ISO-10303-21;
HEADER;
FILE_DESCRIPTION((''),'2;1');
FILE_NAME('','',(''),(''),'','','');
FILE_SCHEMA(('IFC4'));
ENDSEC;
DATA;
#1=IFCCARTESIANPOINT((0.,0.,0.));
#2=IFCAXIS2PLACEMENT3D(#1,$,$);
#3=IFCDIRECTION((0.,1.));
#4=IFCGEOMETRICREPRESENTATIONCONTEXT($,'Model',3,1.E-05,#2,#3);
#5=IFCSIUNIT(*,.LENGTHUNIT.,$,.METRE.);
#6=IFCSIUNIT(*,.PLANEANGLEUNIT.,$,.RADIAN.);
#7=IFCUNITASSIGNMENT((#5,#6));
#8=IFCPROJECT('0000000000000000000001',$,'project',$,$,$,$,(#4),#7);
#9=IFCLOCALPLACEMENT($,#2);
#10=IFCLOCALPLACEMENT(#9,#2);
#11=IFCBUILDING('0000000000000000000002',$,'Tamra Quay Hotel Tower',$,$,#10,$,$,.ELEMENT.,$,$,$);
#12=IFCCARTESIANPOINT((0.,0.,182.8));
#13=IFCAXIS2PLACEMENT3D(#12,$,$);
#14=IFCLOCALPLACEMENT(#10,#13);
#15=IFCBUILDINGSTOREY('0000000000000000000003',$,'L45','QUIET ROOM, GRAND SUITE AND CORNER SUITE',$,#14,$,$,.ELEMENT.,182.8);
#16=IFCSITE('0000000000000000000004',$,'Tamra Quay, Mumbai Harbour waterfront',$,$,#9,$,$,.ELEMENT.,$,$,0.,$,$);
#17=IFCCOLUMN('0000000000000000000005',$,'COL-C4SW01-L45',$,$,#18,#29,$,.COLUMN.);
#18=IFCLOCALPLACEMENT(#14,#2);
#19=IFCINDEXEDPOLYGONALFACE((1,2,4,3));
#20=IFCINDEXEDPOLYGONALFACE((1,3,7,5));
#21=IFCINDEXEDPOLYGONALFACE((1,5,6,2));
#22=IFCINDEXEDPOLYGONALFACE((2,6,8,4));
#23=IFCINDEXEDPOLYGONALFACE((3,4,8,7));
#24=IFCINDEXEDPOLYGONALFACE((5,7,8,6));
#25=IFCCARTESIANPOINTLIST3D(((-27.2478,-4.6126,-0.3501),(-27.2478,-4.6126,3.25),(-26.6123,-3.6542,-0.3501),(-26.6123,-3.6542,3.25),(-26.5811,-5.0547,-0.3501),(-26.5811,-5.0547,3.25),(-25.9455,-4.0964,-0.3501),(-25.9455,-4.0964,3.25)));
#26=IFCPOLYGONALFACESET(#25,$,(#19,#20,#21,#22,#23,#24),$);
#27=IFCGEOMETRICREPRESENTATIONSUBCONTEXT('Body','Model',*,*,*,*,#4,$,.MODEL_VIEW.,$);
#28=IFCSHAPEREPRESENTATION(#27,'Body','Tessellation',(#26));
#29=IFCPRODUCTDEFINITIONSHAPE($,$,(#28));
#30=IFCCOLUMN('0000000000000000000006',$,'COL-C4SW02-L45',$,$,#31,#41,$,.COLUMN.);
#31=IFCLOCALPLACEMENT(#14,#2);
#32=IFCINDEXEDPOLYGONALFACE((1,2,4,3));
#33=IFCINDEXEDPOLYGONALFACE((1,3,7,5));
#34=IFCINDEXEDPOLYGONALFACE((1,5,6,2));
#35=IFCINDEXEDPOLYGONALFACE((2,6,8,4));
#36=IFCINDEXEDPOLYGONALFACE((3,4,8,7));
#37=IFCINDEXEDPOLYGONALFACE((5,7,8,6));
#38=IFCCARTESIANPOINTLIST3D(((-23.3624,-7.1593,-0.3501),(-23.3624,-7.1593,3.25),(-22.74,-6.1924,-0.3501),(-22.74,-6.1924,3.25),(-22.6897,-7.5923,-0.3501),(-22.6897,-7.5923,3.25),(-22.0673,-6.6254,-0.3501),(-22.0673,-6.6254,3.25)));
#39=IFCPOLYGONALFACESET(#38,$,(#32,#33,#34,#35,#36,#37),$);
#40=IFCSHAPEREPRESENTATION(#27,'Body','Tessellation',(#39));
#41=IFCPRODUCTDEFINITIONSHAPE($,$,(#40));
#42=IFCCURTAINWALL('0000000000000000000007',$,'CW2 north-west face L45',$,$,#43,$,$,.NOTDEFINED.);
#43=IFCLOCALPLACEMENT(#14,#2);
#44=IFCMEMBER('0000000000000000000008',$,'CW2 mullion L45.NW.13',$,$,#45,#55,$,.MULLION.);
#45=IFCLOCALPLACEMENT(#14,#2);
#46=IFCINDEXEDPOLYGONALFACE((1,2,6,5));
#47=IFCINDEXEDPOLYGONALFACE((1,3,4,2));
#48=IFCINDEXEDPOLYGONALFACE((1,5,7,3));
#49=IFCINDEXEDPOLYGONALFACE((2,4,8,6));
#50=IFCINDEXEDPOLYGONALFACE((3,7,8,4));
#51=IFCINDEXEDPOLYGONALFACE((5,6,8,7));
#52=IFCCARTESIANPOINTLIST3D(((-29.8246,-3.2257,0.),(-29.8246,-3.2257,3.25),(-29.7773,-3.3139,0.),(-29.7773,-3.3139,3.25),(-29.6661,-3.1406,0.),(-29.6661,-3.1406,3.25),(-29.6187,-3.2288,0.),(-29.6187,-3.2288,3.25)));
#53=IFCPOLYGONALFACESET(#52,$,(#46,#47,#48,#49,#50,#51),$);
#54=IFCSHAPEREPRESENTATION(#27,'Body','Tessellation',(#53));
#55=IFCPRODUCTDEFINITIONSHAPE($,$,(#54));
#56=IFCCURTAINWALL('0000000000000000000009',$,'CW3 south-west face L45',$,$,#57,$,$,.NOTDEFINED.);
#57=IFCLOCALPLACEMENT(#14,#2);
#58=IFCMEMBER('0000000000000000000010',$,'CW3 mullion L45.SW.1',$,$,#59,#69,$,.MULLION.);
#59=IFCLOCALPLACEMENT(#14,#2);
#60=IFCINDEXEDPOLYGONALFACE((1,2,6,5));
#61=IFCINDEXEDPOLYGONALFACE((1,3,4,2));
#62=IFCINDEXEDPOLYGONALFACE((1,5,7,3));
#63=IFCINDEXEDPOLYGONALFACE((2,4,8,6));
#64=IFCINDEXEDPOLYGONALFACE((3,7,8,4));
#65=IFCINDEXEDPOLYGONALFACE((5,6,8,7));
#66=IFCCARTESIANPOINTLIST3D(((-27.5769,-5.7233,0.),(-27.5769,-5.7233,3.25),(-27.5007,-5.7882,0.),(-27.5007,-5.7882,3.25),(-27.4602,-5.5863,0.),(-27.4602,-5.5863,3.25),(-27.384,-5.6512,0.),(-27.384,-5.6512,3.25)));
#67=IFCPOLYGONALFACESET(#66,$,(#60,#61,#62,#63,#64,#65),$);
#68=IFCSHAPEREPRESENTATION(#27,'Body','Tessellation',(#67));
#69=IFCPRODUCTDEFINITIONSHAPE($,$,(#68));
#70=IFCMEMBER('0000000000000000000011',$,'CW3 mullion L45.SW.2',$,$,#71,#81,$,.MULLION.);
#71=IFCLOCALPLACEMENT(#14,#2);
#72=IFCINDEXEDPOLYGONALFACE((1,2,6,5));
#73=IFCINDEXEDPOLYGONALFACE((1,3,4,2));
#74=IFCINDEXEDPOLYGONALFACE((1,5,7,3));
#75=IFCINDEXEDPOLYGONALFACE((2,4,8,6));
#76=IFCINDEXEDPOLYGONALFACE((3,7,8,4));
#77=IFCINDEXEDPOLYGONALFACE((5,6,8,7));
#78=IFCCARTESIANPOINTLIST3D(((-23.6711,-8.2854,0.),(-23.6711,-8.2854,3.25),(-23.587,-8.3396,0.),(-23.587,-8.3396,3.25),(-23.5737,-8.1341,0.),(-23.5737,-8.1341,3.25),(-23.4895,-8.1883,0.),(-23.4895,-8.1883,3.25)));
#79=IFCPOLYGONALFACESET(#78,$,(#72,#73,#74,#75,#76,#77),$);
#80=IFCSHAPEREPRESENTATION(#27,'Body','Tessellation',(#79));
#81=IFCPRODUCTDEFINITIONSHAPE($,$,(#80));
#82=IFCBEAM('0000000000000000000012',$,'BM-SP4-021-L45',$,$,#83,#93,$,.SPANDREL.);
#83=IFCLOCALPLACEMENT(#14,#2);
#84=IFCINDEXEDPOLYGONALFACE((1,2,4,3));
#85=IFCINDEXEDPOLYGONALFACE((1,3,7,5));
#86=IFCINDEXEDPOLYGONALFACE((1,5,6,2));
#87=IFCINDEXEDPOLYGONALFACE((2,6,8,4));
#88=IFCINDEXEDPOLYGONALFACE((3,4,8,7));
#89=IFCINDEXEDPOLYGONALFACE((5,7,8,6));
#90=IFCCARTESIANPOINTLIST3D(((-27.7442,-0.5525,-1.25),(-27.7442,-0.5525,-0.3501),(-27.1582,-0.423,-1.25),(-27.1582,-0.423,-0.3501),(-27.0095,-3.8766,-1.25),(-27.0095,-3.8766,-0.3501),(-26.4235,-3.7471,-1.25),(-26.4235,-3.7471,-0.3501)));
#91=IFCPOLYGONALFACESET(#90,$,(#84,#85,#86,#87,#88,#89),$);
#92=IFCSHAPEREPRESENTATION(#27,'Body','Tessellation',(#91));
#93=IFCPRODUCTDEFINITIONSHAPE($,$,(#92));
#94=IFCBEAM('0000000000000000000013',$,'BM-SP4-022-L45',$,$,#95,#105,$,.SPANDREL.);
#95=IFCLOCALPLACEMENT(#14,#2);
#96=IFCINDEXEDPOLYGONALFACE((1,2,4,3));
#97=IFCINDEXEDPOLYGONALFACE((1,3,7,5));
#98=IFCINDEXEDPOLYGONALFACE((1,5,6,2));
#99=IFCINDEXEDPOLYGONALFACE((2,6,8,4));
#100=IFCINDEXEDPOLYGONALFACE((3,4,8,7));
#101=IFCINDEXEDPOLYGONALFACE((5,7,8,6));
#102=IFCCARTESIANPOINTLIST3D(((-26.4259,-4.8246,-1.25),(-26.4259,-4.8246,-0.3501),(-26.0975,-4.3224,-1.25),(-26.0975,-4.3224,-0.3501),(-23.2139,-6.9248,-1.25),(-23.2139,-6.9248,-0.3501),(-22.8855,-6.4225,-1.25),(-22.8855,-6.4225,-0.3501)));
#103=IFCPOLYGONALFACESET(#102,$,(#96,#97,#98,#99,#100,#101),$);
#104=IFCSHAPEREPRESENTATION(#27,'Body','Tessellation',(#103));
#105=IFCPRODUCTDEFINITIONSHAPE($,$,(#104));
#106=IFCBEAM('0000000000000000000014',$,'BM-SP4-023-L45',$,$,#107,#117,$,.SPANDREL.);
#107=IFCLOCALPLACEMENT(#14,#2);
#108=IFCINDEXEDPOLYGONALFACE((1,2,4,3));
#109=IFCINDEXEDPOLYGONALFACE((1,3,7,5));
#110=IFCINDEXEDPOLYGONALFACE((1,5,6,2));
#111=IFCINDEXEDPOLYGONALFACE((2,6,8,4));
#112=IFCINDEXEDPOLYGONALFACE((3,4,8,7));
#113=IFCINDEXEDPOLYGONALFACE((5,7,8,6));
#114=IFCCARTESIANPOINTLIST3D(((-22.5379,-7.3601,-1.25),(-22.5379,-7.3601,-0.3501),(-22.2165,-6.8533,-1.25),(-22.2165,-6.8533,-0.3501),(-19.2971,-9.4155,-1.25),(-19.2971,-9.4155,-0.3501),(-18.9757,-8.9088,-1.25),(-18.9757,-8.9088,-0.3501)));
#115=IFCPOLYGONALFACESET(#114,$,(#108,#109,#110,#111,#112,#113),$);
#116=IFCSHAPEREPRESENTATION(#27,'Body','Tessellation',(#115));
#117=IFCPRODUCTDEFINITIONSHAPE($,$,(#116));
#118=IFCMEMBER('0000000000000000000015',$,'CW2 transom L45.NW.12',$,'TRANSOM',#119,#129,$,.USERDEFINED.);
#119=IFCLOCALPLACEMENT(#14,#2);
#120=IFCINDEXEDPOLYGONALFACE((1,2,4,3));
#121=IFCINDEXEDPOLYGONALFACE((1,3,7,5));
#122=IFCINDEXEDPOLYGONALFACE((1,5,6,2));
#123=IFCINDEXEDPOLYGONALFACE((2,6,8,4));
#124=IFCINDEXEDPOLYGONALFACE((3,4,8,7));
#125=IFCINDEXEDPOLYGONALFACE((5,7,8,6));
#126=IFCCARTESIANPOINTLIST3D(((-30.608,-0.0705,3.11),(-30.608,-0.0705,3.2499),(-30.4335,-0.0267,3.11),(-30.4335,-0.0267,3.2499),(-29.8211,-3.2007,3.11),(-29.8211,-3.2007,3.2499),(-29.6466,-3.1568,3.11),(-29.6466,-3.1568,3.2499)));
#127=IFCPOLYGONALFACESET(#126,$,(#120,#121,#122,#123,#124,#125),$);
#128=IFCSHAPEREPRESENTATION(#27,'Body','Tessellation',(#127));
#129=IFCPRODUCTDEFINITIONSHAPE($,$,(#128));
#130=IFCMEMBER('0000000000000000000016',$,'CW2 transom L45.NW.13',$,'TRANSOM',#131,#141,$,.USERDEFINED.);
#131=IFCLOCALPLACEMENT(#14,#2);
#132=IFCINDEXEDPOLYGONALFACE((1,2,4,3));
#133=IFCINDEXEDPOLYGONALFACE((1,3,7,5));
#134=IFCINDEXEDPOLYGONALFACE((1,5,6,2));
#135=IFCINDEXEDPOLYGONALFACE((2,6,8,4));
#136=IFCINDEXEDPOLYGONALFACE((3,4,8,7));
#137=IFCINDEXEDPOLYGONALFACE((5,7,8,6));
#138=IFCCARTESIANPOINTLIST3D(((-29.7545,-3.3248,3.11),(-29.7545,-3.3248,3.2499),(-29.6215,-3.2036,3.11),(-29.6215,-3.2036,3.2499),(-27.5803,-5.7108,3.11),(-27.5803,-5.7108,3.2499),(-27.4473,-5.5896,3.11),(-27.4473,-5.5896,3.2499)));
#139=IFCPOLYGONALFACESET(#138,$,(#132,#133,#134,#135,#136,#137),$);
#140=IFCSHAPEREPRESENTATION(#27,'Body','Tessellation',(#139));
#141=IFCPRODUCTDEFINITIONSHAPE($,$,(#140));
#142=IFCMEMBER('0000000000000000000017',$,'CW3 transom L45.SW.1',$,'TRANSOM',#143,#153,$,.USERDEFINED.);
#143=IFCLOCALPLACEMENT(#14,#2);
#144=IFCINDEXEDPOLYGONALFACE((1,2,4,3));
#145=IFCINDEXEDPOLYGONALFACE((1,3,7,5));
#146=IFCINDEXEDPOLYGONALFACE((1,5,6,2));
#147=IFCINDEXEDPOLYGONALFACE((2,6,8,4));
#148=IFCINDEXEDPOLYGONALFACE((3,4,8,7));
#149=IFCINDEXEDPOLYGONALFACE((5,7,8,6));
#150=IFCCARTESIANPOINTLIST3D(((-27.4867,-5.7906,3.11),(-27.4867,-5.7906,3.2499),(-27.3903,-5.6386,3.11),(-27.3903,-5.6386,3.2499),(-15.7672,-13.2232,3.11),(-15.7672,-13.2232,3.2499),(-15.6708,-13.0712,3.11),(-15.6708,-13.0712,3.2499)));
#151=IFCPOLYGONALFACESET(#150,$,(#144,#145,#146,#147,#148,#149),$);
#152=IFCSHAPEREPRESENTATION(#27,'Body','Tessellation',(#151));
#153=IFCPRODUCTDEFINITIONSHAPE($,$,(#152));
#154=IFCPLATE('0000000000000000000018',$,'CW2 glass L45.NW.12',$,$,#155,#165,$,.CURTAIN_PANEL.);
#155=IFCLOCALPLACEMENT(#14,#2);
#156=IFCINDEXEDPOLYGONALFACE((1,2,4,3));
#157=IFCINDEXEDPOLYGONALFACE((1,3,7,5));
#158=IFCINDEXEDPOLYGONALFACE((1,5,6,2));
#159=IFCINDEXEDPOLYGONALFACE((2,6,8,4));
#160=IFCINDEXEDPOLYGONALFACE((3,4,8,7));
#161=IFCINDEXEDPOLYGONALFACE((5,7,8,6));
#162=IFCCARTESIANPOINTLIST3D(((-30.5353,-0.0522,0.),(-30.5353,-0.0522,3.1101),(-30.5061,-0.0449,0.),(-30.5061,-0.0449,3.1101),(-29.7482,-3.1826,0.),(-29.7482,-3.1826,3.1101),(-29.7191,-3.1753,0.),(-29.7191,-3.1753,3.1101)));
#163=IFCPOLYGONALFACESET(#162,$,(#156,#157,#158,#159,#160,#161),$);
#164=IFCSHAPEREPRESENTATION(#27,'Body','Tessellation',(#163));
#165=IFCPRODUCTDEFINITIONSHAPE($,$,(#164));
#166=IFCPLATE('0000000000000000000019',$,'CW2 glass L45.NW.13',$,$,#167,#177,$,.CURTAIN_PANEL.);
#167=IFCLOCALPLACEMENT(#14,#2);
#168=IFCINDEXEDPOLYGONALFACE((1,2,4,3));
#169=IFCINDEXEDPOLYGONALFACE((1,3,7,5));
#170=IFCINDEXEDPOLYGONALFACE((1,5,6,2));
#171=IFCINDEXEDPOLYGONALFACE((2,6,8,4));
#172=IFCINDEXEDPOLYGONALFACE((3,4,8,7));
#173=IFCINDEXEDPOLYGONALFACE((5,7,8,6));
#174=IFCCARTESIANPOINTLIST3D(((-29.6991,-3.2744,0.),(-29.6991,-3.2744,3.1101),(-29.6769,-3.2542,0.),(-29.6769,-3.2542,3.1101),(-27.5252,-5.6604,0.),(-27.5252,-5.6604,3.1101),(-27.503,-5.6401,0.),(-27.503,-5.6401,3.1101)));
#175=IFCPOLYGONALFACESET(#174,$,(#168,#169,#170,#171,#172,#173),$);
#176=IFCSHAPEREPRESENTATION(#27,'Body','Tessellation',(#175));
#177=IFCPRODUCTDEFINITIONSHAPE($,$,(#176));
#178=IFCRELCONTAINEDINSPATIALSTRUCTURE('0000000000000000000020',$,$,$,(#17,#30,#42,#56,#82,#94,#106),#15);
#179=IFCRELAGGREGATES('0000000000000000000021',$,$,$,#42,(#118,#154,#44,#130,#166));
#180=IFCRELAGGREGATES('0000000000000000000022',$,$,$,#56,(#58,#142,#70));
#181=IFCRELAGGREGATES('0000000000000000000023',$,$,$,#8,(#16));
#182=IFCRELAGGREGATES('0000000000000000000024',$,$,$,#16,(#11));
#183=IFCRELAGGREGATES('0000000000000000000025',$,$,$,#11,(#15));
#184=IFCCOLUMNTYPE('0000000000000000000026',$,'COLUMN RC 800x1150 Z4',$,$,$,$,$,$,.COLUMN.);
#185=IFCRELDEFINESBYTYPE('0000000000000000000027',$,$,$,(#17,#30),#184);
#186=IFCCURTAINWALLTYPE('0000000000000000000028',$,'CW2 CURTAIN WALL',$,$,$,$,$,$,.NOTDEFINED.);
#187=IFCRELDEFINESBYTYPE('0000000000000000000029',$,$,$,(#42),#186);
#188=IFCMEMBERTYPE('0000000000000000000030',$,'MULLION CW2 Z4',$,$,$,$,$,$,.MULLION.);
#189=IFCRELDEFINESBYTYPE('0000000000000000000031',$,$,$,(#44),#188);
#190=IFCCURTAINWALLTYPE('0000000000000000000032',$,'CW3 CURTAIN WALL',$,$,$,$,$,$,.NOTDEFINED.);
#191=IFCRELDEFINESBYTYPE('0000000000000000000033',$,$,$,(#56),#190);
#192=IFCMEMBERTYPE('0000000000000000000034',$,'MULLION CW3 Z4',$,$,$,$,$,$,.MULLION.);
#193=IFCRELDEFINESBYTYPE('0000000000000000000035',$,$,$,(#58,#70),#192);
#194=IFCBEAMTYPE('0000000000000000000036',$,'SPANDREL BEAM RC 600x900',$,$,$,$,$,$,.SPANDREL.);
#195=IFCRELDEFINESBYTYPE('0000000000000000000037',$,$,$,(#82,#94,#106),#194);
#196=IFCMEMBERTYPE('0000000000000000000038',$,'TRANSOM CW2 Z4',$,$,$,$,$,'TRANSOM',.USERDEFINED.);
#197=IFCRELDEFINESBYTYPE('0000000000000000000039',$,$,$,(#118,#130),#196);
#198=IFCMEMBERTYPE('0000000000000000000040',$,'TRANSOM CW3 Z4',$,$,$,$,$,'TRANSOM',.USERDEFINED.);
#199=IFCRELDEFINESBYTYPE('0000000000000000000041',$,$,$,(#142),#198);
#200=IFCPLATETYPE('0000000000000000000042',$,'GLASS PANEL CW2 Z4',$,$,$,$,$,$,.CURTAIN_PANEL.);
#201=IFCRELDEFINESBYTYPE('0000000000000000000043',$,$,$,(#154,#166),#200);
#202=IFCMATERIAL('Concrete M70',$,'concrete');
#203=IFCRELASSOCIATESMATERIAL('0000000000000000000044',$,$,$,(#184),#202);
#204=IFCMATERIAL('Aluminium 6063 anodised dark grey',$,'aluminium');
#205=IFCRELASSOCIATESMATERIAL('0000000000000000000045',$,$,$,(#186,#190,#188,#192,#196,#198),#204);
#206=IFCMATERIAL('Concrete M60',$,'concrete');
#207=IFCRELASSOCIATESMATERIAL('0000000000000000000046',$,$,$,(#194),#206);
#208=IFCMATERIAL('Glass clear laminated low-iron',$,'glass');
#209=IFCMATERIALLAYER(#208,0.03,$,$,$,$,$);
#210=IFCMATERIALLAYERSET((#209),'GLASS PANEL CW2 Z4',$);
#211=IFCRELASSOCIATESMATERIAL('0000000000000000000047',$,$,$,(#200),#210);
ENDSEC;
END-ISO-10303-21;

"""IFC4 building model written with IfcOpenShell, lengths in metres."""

from ifc_helpers import new_model, si_unit, direction, frame, origin, origin_2d, place, context, subcontext, project, spatial, rectangle, extrude, material, layer, layer_set, material_profile, profile_set, type_object, element, aggregate, save


model = new_model("IFC4")

# Units and contexts
model_context = context("Model", 3, precision=1e-05, world=origin(), true_north=direction((0.0, 1.0)))
body_context = subcontext(model_context, "Body", "Model", "MODEL_VIEW")
ifc_project = project(units=[si_unit("LENGTHUNIT", "METRE"), si_unit("PLANEANGLEUNIT", "RADIAN")], contexts=[model_context])

# Site, building, storey
site_placement = place(None, origin())
site = spatial("IfcSite", under=ifc_project, at=site_placement, Name="Tamra Quay, Mumbai Harbour waterfront", CompositionType="ELEMENT", RefElevation=0.0)
building_placement = place(site_placement, origin())
building = spatial("IfcBuilding", under=site, at=building_placement, Name="Tamra Quay Hotel Tower", CompositionType="ELEMENT")
storey_placement = place(building_placement, frame((0.0, 0.0, 182.8)))
storey = spatial("IfcBuildingStorey", under=building, at=storey_placement, Name="L45", Description="QUIET ROOM, GRAND SUITE AND CORNER SUITE", CompositionType="ELEMENT", Elevation=182.8)

# Columns
ifc_material_1 = material(Name="Concrete M70", Category="concrete")
ifc_material_profile_1 = material_profile(ifc_material_1, rectangle(XDim=1.1499, YDim=0.8, at=origin_2d()), Name="COLUMN RC 800x1150 Z4")
ifc_profile_set_1 = profile_set([ifc_material_profile_1], Name="Concrete M70")
column_type = type_object("IfcColumnType", Name="COLUMN RC 800x1150 Z4", PredefinedType="COLUMN", material=ifc_profile_set_1)
for number, where, z_axis, x_axis, name in (
    (1, (-26.5967, -4.3545, -0.3501), (0.0, 0.0, 1.0), (0.552666, 0.833403, 0.0), "COL-C4SW01-L45"),
    (2, (-22.7148, -6.8923, -0.3501), (0.0, 0.0, 1.0), (0.541283, 0.840841, 0.0), "COL-C4SW02-L45"),
):
    element("IfcColumn", number, at=place(storey_placement, frame(where, z_axis=z_axis, x_axis=x_axis)), inside=storey, type_object=column_type, Name=name, PredefinedType="COLUMN", context=body_context, shape_type="SweptSolid", body=[
        extrude(rectangle(XDim=1.1499, YDim=0.8, at=origin_2d()), origin(), (0.0, 0.0, 1.0), 3.6001),
    ])

# Curtain wall, member
ifc_material_2 = material(Name="Aluminium 6063 anodised dark grey", Category="aluminium")
curtain_wall_type_1 = type_object("IfcCurtainWallType", Name="CW2 CURTAIN WALL", PredefinedType="NOTDEFINED", material=ifc_material_2)
curtain_wall_1_placement = place(storey_placement, origin())
curtain_wall_1 = element("IfcCurtainWall", 3, at=curtain_wall_1_placement, inside=storey, type_object=curtain_wall_type_1, Name="CW2 north-west face L45", PredefinedType="NOTDEFINED")
ifc_material_profile_2 = material_profile(ifc_material_2, rectangle(XDim=0.1799, YDim=0.1001, at=origin_2d()), Name="MULLION 100X180")
ifc_profile_set_2 = profile_set([ifc_material_profile_2], Name="Aluminium 6063 anodised dark grey")
member_type_1 = type_object("IfcMemberType", Name="MULLION CW2 Z4", PredefinedType="MULLION", material=ifc_profile_set_2)
member_1_placement = place(storey_placement, frame((-29.7217, -3.2273, 0.0), z_axis=(0.0, 0.0, 1.0), x_axis=(-0.881098, -0.472935, 0.0)))
member_1 = element("IfcMember", 4, at=member_1_placement, type_object=member_type_1, Name="CW2 mullion L45.NW.13", PredefinedType="MULLION", context=body_context, shape_type="SweptSolid", body=[
    extrude(rectangle(XDim=0.1799, YDim=0.1001, at=origin_2d()), origin(), (0.0, 0.0, 1.0), 3.25),
])

# Curtain wall, members
curtain_wall_type_2 = type_object("IfcCurtainWallType", Name="CW3 CURTAIN WALL", PredefinedType="NOTDEFINED", material=ifc_material_2)
curtain_wall_2_placement = place(storey_placement, origin())
curtain_wall_2 = element("IfcCurtainWall", 5, at=curtain_wall_2_placement, inside=storey, type_object=curtain_wall_type_2, Name="CW3 south-west face L45", PredefinedType="NOTDEFINED")
ifc_material_profile_3 = material_profile(ifc_material_2, rectangle(XDim=0.1799, YDim=0.1001, at=origin_2d()), Name="MULLION 100X180")
ifc_profile_set_3 = profile_set([ifc_material_profile_3], Name="Aluminium 6063 anodised dark grey")
member_type_2 = type_object("IfcMemberType", Name="MULLION CW3 Z4", PredefinedType="MULLION", material=ifc_profile_set_3)
member_2_placement = place(storey_placement, frame((-27.4805, -5.6873, 0.0), z_axis=(0.0, 0.0, 1.0), x_axis=(-0.648381, -0.761316, 0.0)))
member_2 = element("IfcMember", 6, at=member_2_placement, type_object=member_type_2, Name="CW3 mullion L45.SW.1", PredefinedType="MULLION", context=body_context, shape_type="SweptSolid", body=[
    extrude(rectangle(XDim=0.1799, YDim=0.1001, at=origin_2d()), origin(), (0.0, 0.0, 1.0), 3.25),
])
member_3_placement = place(storey_placement, frame((-23.5803, -8.2368, 0.0), z_axis=(0.0, 0.0, 1.0), x_axis=(-0.541422, -0.840751, 0.0)))
member_3 = element("IfcMember", 7, at=member_3_placement, type_object=member_type_2, Name="CW3 mullion L45.SW.2", PredefinedType="MULLION", context=body_context, shape_type="SweptSolid", body=[
    extrude(rectangle(XDim=0.1799, YDim=0.1001, at=origin_2d()), origin(), (0.0, 0.0, 1.0), 3.25),
])

# Beams
ifc_material_3 = material(Name="Concrete M60", Category="concrete")
ifc_material_profile_4 = material_profile(ifc_material_3, rectangle(XDim=0.6001, YDim=0.8999, at=origin_2d()), Name="SPANDREL BEAM RC 600x900")
ifc_profile_set_4 = profile_set([ifc_material_profile_4], Name="Concrete M60")
beam_type = type_object("IfcBeamType", Name="SPANDREL BEAM RC 600x900", PredefinedType="SPANDREL", material=ifc_profile_set_4)
beam_placement = place(storey_placement, frame((-27.4512, -0.4878, -0.8), z_axis=(0.215799, -0.976438, 0.0), x_axis=(0.976438, 0.215799, 0.0)))
element("IfcBeam", 8, at=beam_placement, inside=storey, type_object=beam_type, Name="BM-SP4-021-L45", PredefinedType="SPANDREL", context=body_context, shape_type="SweptSolid", body=[
    extrude(rectangle(XDim=0.6001, YDim=0.8999, at=origin_2d()), origin(), (0.0, 0.0, 1.0), 3.4043),
])
for number, where, z_axis, x_axis, name in (
    (9, (-26.2617, -4.5735, -0.8), (0.83697, -0.547249, 0.0), (0.547249, 0.83697, 0.0), "BM-SP4-022-L45"),
    (10, (-22.3772, -7.1067, -0.8), (0.84447, -0.535603, 0.0), (0.535603, 0.84447, 0.0), "BM-SP4-023-L45"),
):
    element("IfcBeam", number, at=place(storey_placement, frame(where, z_axis=z_axis, x_axis=x_axis)), inside=storey, type_object=beam_type, Name=name, PredefinedType="SPANDREL", context=body_context, shape_type="SweptSolid", body=[
        extrude(rectangle(XDim=0.6001, YDim=0.8999, at=origin_2d()), origin(), (0.0, 0.0, 1.0), 3.8376),
    ])

# Members
ifc_material_profile_5 = material_profile(ifc_material_2, rectangle(XDim=0.1799, YDim=0.1399, at=origin_2d()), Name="TRANSOM 180X140")
ifc_profile_set_5 = profile_set([ifc_material_profile_5], Name="Aluminium 6063 anodised dark grey")
member_type_3 = type_object("IfcMemberType", Name="TRANSOM CW2 Z4", ElementType="TRANSOM", PredefinedType="USERDEFINED", material=ifc_profile_set_5)
member_4_placement = place(storey_placement, frame((-30.5208, -0.0486, 3.1799), z_axis=(0.243799, -0.969826, 0.0), x_axis=(0.969826, 0.243799, 0.0)))
member_4 = element("IfcMember", 11, at=member_4_placement, type_object=member_type_3, Name="CW2 transom L45.NW.12", ObjectType="TRANSOM", PredefinedType="USERDEFINED", context=body_context, shape_type="SweptSolid", body=[
    extrude(rectangle(XDim=0.1799, YDim=0.1399, at=origin_2d()), origin(), (0.0, 0.0, 1.0), 3.2275),
])
member_5_placement = place(storey_placement, frame((-29.688, -3.2642, 3.1799), z_axis=(0.673519, -0.73917, 0.0), x_axis=(0.73917, 0.673519, 0.0)))
member_5 = element("IfcMember", 12, at=member_5_placement, type_object=member_type_3, Name="CW2 transom L45.NW.13", ObjectType="TRANSOM", PredefinedType="USERDEFINED", context=body_context, shape_type="SweptSolid", body=[
    extrude(rectangle(XDim=0.1799, YDim=0.1399, at=origin_2d()), origin(), (0.0, 0.0, 1.0), 3.228),
])
ifc_material_profile_6 = material_profile(ifc_material_2, rectangle(XDim=0.1799, YDim=0.1399, at=origin_2d()), Name="TRANSOM 180X140")
ifc_profile_set_6 = profile_set([ifc_material_profile_6], Name="Aluminium 6063 anodised dark grey")
member_type_4 = type_object("IfcMemberType", Name="TRANSOM CW3 Z4", ElementType="TRANSOM", PredefinedType="USERDEFINED", material=ifc_profile_set_6)
member_6_placement = place(storey_placement, frame((-27.4385, -5.7146, 3.1799), z_axis=(0.844484, -0.535581, 0.0), x_axis=(0.535581, 0.844484, 0.0)))
member_6 = element("IfcMember", 13, at=member_6_placement, type_object=member_type_4, Name="CW3 transom L45.SW.1", ObjectType="TRANSOM", PredefinedType="USERDEFINED", context=body_context, shape_type="SweptSolid", body=[
    extrude(rectangle(XDim=0.1799, YDim=0.1399, at=origin_2d()), origin(), (0.0, 0.0, 1.0), 13.8777),
])

# Plates
ifc_material_4 = material(Name="Glass clear laminated low-iron", Category="glass")
ifc_layer_1 = layer(ifc_material_4, 0.03)
ifc_layer_set_1 = layer_set([ifc_layer_1], Name="GLASS PANEL CW2 Z4")
plate_type_1 = type_object("IfcPlateType", Name="GLASS PANEL CW2 Z4", PredefinedType="CURTAIN_PANEL", material=ifc_layer_set_1)
plate_1_placement = place(storey_placement, frame((-30.1272, -1.6138, 0.0), z_axis=(0.0, 0.0, 1.0), x_axis=(0.243826, -0.969819, 0.0)))
plate_1 = element("IfcPlate", 14, at=plate_1_placement, type_object=plate_type_1, Name="CW2 glass L45.NW.12", PredefinedType="CURTAIN_PANEL", context=body_context, shape_type="SweptSolid", body=[
    extrude(rectangle(XDim=3.2278, YDim=0.03, at=origin_2d()), origin(), (0.0, 0.0, 1.0), 3.1101),
])
plate_2_placement = place(storey_placement, frame((-28.6011, -4.4573, 0.0), z_axis=(0.0, 0.0, 1.0), x_axis=(0.673496, -0.739191, 0.0)))
plate_2 = element("IfcPlate", 15, at=plate_2_placement, type_object=plate_type_1, Name="CW2 glass L45.NW.13", PredefinedType="CURTAIN_PANEL", context=body_context, shape_type="SweptSolid", body=[
    extrude(rectangle(XDim=3.2278, YDim=0.03, at=origin_2d()), origin(), (0.0, 0.0, 1.0), 3.1101),
])
aggregate(curtain_wall_1, [member_4, plate_1, member_1, member_5, plate_2])
aggregate(curtain_wall_2, [member_2, member_6, member_3])

save(model, "model.ifc")
